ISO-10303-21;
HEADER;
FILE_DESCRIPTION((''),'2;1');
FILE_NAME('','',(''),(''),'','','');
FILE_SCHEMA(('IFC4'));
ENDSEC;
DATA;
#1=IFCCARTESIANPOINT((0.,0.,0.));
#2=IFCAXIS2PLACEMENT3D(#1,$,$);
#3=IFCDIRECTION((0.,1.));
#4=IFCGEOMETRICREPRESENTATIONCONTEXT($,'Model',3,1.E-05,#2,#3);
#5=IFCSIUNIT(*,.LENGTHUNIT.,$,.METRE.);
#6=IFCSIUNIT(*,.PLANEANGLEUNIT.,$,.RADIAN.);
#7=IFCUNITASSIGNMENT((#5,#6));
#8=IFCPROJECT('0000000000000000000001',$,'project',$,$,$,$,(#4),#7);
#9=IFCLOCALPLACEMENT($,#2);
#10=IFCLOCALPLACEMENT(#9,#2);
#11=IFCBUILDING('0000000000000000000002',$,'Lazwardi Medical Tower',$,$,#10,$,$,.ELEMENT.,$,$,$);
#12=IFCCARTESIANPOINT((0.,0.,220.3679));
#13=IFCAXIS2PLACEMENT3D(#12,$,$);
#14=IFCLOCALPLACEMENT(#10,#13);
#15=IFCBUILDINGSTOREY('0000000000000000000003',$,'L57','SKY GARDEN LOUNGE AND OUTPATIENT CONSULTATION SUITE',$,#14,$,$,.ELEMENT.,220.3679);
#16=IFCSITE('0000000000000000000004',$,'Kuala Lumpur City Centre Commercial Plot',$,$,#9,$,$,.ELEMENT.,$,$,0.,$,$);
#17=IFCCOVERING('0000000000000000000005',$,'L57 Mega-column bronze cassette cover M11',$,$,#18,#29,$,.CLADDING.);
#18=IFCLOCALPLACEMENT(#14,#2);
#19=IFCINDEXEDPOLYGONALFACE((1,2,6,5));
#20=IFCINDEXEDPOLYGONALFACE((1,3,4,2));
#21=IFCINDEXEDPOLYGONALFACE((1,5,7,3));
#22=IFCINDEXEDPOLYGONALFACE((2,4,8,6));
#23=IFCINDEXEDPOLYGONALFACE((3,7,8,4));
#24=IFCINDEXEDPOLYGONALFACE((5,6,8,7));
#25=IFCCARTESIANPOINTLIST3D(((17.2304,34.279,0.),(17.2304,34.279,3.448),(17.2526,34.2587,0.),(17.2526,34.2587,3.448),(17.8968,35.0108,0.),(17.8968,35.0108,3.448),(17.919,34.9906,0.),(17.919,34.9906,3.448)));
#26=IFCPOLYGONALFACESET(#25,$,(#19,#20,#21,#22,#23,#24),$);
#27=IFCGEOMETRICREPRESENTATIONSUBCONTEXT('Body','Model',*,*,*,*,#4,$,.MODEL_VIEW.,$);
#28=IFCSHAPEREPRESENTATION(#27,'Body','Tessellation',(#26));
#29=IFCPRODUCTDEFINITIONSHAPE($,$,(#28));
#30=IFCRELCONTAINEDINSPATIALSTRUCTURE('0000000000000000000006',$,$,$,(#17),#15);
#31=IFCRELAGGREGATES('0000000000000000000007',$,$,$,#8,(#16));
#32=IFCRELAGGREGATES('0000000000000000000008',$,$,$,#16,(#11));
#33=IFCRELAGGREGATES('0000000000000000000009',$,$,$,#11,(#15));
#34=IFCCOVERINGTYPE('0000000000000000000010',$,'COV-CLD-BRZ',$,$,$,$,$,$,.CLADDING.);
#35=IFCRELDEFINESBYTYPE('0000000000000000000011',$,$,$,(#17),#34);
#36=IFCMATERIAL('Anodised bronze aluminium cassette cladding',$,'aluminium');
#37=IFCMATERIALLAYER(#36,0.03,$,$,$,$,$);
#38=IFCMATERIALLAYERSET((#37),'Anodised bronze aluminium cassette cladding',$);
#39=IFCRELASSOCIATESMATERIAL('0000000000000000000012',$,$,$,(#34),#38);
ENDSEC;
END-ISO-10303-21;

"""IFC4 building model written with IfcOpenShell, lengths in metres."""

from ifc_helpers import new_model, si_unit, direction, frame, origin, origin_2d, place, context, subcontext, project, spatial, rectangle, extrude, material, layer, layer_set, type_object, element, save


model = new_model("IFC4")

# Units and contexts
model_context = context("Model", 3, precision=1e-05, world=origin(), true_north=direction((0.0, 1.0)))
body_context = subcontext(model_context, "Body", "Model", "MODEL_VIEW")
ifc_project = project(units=[si_unit("LENGTHUNIT", "METRE"), si_unit("PLANEANGLEUNIT", "RADIAN")], contexts=[model_context])

# Site, building, storey
site_placement = place(None, origin())
site = spatial("IfcSite", under=ifc_project, at=site_placement, Name="Kuala Lumpur City Centre Commercial Plot", CompositionType="ELEMENT", RefElevation=0.0)
building_placement = place(site_placement, origin())
building = spatial("IfcBuilding", under=site, at=building_placement, Name="Lazwardi Medical Tower", CompositionType="ELEMENT")
storey_placement = place(building_placement, frame((0.0, 0.0, 220.3679)))
storey = spatial("IfcBuildingStorey", under=building, at=storey_placement, Name="L57", Description="SKY GARDEN LOUNGE AND OUTPATIENT CONSULTATION SUITE", CompositionType="ELEMENT", Elevation=220.3679)

# Covering
ifc_material_1 = material(Name="Anodised bronze aluminium cassette cladding", Category="aluminium")
ifc_layer_1 = layer(ifc_material_1, 0.03)
ifc_layer_set_1 = layer_set([ifc_layer_1], Name="Anodised bronze aluminium cassette cladding")
covering_type = type_object("IfcCoveringType", Name="COV-CLD-BRZ", PredefinedType="CLADDING", material=ifc_layer_set_1)
covering_1_placement = place(storey_placement, frame((17.5747, 34.6348, 0.0), z_axis=(0.0, 0.0, 1.0), x_axis=(-0.673241, -0.739423, 0.0)))
element("IfcCovering", 1, at=covering_1_placement, inside=storey, type_object=covering_type, Name="L57 Mega-column bronze cassette cover M11", PredefinedType="CLADDING", context=body_context, shape_type="SweptSolid", body=[
    extrude(rectangle(XDim=0.9897, YDim=0.03, at=origin_2d()), origin(), (0.0, 0.0, 1.0), 3.448),
])

save(model, "model.ifc")
